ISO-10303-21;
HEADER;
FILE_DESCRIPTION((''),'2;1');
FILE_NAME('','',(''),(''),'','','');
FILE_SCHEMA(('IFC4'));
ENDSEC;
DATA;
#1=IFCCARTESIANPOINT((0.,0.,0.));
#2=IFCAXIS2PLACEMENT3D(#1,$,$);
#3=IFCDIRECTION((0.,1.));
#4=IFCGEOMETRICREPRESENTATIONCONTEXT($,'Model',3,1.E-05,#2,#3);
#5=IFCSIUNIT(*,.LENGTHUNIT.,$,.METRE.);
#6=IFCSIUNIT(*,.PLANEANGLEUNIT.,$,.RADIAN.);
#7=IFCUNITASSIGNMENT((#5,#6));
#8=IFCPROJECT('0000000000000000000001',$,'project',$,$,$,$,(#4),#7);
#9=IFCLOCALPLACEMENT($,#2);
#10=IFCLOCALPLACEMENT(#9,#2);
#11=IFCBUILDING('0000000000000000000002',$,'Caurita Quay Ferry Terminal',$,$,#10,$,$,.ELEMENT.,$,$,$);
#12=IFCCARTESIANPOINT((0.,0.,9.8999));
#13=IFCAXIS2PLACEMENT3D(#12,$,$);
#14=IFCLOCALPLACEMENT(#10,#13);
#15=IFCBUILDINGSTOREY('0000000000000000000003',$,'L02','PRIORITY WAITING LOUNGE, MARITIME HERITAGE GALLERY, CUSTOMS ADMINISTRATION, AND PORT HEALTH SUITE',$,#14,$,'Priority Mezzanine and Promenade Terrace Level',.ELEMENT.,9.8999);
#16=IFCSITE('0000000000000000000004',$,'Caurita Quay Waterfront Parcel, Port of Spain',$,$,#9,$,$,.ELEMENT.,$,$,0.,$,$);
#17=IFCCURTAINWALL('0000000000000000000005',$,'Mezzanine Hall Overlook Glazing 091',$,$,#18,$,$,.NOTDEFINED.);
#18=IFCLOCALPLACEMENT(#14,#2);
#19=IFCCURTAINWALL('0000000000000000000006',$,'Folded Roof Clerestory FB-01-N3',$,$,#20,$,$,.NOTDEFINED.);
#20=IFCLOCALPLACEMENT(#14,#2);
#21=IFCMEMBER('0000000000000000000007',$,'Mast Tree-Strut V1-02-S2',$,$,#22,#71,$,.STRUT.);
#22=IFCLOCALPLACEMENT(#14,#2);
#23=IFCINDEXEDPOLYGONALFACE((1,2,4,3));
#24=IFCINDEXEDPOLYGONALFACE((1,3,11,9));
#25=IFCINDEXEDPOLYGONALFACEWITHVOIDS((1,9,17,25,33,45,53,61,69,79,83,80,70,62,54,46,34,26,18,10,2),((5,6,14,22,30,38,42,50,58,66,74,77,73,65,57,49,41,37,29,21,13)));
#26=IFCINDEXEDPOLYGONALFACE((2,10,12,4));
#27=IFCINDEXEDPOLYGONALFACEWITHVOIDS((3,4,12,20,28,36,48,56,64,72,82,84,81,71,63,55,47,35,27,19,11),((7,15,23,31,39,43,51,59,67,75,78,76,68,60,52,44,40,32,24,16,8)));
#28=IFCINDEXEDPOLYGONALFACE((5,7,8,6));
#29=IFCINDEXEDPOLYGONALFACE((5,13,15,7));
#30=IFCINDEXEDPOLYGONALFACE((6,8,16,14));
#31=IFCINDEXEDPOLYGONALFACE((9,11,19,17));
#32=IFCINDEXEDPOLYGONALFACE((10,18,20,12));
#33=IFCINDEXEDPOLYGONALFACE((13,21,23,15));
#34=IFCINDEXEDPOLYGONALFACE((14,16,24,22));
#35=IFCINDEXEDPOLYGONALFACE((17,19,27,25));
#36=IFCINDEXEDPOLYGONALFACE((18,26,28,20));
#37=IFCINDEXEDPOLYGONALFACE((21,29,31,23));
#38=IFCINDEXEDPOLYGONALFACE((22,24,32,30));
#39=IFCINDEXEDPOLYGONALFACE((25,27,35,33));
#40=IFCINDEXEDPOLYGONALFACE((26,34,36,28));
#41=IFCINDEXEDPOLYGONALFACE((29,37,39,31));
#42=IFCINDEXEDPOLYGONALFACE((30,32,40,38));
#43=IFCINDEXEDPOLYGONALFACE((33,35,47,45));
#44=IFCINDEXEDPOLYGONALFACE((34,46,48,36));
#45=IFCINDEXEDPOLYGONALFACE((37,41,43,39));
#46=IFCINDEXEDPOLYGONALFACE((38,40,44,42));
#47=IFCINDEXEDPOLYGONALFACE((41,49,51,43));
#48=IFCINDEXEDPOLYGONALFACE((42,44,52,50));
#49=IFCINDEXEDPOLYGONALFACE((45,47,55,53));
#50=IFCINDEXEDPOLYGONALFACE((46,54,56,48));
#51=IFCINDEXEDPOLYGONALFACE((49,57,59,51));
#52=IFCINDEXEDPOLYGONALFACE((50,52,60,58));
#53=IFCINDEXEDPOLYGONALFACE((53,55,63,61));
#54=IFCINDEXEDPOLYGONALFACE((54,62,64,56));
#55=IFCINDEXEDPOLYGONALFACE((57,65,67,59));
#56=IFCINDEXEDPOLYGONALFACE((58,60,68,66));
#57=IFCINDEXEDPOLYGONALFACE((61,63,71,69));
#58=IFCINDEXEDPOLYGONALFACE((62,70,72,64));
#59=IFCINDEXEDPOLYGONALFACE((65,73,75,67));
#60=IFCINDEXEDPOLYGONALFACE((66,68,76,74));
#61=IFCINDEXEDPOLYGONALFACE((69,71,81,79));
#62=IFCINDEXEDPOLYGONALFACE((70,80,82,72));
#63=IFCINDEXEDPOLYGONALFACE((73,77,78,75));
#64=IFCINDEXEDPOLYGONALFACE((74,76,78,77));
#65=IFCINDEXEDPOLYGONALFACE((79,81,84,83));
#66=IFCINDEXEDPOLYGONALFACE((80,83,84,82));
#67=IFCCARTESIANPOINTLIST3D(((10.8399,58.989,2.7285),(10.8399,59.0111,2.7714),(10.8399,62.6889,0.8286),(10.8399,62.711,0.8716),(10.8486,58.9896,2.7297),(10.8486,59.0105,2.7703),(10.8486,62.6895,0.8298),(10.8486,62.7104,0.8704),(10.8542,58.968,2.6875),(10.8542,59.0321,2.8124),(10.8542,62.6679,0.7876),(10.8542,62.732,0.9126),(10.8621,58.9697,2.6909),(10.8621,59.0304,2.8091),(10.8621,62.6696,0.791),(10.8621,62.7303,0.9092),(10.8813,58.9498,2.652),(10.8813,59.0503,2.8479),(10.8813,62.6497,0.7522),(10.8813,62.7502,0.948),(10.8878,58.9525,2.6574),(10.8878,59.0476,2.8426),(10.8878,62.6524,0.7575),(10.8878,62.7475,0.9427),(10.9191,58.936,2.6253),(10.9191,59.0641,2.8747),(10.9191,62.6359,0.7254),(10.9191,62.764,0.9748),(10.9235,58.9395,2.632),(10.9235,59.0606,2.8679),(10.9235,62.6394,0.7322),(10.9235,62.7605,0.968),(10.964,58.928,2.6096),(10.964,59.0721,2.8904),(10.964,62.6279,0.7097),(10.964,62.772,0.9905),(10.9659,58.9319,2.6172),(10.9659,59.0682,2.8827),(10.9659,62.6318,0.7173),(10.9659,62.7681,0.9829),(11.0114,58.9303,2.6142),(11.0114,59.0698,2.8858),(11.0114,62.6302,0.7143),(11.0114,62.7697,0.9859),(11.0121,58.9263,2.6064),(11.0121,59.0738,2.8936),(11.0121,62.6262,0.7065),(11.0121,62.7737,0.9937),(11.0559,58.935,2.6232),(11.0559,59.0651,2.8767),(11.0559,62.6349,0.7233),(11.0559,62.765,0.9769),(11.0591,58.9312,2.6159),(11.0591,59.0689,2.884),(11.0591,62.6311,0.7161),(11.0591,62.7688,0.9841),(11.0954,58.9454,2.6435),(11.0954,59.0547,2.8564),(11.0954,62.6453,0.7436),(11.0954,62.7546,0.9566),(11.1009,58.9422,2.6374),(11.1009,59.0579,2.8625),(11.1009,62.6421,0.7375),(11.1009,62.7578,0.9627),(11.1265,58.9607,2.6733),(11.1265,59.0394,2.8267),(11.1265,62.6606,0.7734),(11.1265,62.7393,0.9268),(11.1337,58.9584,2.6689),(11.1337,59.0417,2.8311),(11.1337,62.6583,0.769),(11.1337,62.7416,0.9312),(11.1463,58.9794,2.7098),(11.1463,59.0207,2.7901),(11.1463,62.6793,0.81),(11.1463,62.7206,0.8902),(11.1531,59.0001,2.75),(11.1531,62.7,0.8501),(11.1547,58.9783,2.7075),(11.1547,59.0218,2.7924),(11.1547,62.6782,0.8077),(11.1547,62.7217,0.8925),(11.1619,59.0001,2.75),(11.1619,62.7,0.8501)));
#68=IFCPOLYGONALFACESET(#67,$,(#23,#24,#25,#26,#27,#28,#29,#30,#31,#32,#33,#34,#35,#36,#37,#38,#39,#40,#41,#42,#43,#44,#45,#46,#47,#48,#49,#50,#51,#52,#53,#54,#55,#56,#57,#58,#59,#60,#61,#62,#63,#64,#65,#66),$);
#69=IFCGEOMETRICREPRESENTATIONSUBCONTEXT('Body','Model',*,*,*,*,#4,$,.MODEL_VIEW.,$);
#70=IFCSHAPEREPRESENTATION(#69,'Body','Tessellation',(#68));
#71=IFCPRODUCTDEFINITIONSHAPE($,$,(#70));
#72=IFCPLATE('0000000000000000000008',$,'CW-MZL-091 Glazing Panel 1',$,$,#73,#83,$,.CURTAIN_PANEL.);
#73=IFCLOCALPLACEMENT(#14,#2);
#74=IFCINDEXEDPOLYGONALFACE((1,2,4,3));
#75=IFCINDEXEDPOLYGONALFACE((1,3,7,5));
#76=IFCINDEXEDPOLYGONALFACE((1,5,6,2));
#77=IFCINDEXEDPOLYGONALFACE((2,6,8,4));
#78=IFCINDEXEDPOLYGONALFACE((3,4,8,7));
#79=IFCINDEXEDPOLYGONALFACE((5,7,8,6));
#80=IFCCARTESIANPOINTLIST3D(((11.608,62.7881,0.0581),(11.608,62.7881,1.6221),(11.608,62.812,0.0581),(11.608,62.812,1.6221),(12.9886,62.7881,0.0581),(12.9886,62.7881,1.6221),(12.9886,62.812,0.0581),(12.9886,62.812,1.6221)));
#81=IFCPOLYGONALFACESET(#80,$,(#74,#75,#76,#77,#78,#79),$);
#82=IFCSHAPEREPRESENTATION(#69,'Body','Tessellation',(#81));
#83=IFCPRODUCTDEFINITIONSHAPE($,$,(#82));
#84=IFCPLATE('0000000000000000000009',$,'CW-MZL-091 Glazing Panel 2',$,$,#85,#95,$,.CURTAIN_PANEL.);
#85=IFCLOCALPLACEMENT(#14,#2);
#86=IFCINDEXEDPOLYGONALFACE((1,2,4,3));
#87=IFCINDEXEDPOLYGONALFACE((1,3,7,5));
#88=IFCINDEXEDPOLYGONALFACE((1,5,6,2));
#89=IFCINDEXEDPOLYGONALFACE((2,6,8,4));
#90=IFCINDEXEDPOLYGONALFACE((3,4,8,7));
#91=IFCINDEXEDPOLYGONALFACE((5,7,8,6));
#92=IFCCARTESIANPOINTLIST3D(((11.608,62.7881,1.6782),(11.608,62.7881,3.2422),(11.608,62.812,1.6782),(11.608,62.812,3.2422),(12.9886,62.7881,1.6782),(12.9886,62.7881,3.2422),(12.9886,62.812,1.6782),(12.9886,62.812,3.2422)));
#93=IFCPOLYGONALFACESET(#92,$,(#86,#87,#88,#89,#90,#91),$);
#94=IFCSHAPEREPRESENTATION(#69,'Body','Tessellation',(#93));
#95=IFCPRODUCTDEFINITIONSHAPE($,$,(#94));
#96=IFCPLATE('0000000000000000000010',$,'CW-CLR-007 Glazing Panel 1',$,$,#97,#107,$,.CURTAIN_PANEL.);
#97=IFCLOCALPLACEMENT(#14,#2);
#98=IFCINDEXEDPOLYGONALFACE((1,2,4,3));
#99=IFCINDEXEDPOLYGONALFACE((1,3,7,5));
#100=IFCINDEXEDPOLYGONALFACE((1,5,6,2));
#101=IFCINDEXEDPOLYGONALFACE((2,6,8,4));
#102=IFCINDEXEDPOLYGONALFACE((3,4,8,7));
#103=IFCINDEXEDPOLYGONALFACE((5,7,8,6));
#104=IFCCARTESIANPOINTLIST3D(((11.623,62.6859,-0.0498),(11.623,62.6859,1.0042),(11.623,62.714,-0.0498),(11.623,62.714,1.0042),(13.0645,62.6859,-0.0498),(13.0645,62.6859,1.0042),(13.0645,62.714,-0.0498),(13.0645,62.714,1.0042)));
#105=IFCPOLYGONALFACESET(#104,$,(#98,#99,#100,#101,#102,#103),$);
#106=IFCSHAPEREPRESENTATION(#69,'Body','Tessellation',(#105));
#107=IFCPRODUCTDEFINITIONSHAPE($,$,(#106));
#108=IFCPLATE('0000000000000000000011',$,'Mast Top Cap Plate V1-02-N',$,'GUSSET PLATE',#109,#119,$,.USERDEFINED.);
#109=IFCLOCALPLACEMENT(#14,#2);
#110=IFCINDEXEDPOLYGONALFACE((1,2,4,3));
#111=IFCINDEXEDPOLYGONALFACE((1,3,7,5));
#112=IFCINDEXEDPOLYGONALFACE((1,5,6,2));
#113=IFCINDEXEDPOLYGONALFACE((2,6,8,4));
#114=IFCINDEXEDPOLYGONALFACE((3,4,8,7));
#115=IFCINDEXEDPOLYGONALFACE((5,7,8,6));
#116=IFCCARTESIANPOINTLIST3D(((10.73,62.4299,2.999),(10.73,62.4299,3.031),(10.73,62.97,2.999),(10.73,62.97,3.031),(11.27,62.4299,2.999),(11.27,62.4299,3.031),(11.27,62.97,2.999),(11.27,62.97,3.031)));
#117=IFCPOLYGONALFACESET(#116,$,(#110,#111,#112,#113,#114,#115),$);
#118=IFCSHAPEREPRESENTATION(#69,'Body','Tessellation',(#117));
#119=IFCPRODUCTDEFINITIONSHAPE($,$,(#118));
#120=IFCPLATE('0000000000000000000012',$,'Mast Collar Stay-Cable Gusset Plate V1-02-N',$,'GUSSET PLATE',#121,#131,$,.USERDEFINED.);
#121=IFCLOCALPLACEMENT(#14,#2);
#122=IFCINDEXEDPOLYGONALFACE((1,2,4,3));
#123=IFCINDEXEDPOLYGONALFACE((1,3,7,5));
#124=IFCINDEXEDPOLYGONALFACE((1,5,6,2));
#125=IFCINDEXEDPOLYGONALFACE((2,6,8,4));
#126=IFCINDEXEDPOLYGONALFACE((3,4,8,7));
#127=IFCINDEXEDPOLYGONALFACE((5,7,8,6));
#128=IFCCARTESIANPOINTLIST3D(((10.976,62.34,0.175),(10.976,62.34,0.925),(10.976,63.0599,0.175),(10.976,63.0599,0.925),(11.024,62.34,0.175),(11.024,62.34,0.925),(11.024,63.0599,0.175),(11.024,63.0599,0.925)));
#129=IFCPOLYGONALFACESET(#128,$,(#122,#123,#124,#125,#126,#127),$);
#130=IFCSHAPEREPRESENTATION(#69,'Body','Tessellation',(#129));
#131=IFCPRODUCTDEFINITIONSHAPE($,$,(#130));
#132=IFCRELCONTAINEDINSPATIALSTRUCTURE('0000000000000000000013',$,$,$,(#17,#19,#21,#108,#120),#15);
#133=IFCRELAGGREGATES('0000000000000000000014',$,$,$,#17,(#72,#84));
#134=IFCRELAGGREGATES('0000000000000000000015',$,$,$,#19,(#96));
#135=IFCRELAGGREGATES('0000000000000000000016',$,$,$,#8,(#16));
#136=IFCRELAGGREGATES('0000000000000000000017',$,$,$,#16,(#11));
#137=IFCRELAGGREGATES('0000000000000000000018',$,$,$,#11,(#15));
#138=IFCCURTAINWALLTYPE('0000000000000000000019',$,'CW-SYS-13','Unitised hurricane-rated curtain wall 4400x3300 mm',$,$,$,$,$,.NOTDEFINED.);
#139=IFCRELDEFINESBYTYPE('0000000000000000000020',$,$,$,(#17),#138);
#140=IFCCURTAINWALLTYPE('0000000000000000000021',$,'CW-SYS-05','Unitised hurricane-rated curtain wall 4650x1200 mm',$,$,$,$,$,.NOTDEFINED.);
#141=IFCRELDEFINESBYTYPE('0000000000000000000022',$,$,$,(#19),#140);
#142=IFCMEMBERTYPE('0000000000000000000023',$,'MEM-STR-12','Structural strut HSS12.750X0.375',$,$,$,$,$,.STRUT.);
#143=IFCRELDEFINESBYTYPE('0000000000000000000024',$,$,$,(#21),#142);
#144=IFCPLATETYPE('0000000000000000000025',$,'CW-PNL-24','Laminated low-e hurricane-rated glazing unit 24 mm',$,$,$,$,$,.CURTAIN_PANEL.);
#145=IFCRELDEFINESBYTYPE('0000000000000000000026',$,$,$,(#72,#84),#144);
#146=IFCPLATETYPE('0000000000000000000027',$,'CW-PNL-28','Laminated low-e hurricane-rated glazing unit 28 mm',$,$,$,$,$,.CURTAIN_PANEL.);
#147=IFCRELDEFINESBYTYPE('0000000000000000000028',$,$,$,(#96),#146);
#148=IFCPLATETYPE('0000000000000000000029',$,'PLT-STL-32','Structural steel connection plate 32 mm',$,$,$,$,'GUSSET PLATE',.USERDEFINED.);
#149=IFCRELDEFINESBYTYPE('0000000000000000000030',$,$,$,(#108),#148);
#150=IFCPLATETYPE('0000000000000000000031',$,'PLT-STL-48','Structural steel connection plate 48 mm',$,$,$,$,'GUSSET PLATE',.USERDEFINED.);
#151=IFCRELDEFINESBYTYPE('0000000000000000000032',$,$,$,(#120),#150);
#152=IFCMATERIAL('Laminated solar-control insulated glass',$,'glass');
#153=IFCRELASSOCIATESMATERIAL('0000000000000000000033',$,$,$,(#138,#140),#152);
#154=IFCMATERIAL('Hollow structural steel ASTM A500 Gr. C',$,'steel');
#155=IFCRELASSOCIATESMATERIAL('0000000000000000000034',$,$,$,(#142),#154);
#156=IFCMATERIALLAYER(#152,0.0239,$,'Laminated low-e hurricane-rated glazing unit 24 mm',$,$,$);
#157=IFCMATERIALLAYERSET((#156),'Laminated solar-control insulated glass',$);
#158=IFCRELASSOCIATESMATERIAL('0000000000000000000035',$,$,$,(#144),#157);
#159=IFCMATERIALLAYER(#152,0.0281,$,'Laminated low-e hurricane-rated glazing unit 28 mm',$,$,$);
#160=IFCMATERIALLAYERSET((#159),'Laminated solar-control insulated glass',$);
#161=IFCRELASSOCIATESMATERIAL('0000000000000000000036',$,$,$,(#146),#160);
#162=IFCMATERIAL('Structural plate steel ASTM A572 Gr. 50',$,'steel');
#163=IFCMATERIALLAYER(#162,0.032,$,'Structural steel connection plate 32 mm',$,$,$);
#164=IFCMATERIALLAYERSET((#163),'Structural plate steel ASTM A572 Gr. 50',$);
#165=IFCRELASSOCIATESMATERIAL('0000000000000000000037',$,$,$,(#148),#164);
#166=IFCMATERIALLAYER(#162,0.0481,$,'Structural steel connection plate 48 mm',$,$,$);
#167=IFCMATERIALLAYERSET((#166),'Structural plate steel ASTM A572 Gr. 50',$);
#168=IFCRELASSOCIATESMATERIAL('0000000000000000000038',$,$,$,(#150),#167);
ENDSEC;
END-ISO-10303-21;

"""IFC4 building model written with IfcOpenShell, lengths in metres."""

from ifc_helpers import new_model, si_unit, direction, frame, origin, origin_2d, place, context, subcontext, project, spatial, rectangle, hollow_circle, extrude, material, layer, layer_set, material_profile, profile_set, type_object, element, aggregate, save


model = new_model("IFC4")

# Units and contexts
model_context = context("Model", 3, precision=1e-05, world=origin(), true_north=direction((0.0, 1.0)))
body_context = subcontext(model_context, "Body", "Model", "MODEL_VIEW")
ifc_project = project(units=[si_unit("LENGTHUNIT", "METRE"), si_unit("PLANEANGLEUNIT", "RADIAN")], contexts=[model_context])

# Site, building, storey
site_placement = place(None, origin())
site = spatial("IfcSite", under=ifc_project, at=site_placement, Name="Caurita Quay Waterfront Parcel, Port of Spain", CompositionType="ELEMENT", RefElevation=0.0)
building_placement = place(site_placement, origin())
building = spatial("IfcBuilding", under=site, at=building_placement, Name="Caurita Quay Ferry Terminal", CompositionType="ELEMENT")
storey_placement = place(building_placement, frame((0.0, 0.0, 9.8999)))
storey = spatial("IfcBuildingStorey", under=building, at=storey_placement, Name="L02", Description="PRIORITY WAITING LOUNGE, MARITIME HERITAGE GALLERY, CUSTOMS ADMINISTRATION, AND PORT HEALTH SUITE", LongName="Priority Mezzanine and Promenade Terrace Level", CompositionType="ELEMENT", Elevation=9.8999)

# Shared definitions
ifc_material_1 = material(Name="Hollow structural steel ASTM A500 Gr. C", Category="steel")

# Shared definitions
ifc_material_2 = material(Name="Laminated solar-control insulated glass", Category="glass")
curtain_wall_type_1 = type_object("IfcCurtainWallType", Name="CW-SYS-13", Description="Unitised hurricane-rated curtain wall 4400x3300 mm", PredefinedType="NOTDEFINED", material=ifc_material_2)

# Curtain wall
curtain_wall_1_placement = place(storey_placement, origin())
curtain_wall_1 = element("IfcCurtainWall", 1, at=curtain_wall_1_placement, inside=storey, type_object=curtain_wall_type_1, Name="Mezzanine Hall Overlook Glazing 091", PredefinedType="NOTDEFINED")

# Curtain wall
curtain_wall_type_2 = type_object("IfcCurtainWallType", Name="CW-SYS-05", Description="Unitised hurricane-rated curtain wall 4650x1200 mm", PredefinedType="NOTDEFINED", material=ifc_material_2)
curtain_wall_2_placement = place(storey_placement, origin())
curtain_wall_2 = element("IfcCurtainWall", 2, at=curtain_wall_2_placement, inside=storey, type_object=curtain_wall_type_2, Name="Folded Roof Clerestory FB-01-N3", PredefinedType="NOTDEFINED")

# Member
ifc_material_profile_1 = material_profile(ifc_material_1, hollow_circle(Radius=0.1619, WallThickness=0.0088, at=origin_2d()), Name="HSS12.750X0.375")
ifc_profile_set_1 = profile_set([ifc_material_profile_1], Name="Hollow structural steel ASTM A500 Gr. C")
member_type_1 = type_object("IfcMemberType", Name="MEM-STR-12", Description="Structural strut HSS12.750X0.375", PredefinedType="STRUT", material=ifc_profile_set_1)
member_1_placement = place(storey_placement, frame((11.0, 62.7, 0.8501), z_axis=(0.0, -0.889574, 0.456791), x_axis=(1.0, 0.0, 0.0)))
element("IfcMember", 3, at=member_1_placement, inside=storey, type_object=member_type_1, Name="Mast Tree-Strut V1-02-S2", PredefinedType="STRUT", context=body_context, shape_type="SweptSolid", body=[
    extrude(hollow_circle(Radius=0.1619, WallThickness=0.0088, at=origin_2d()), origin(), (0.0, 0.0, 1.0), 4.1592),
])

# Plates
ifc_layer_1 = layer(ifc_material_2, 0.0239, Name="Laminated low-e hurricane-rated glazing unit 24 mm")
ifc_layer_set_1 = layer_set([ifc_layer_1], Name="Laminated solar-control insulated glass")
plate_type_1 = type_object("IfcPlateType", Name="CW-PNL-24", Description="Laminated low-e hurricane-rated glazing unit 24 mm", PredefinedType="CURTAIN_PANEL", material=ifc_layer_set_1)
plate_1_placement = place(storey_placement, frame((12.2983, 62.8, 0.0581), z_axis=(0.0, 0.0, 1.0), x_axis=(1.0, 0.0, 0.0)))
plate_1 = element("IfcPlate", 4, at=plate_1_placement, type_object=plate_type_1, Name="CW-MZL-091 Glazing Panel 1", PredefinedType="CURTAIN_PANEL", context=body_context, shape_type="SweptSolid", body=[
    extrude(rectangle(XDim=1.3806, YDim=0.0239, at=origin_2d()), origin(), (0.0, 0.0, 1.0), 1.564),
])
plate_2_placement = place(storey_placement, frame((12.2983, 62.8, 1.6782), z_axis=(0.0, 0.0, 1.0), x_axis=(1.0, 0.0, 0.0)))
plate_2 = element("IfcPlate", 5, at=plate_2_placement, type_object=plate_type_1, Name="CW-MZL-091 Glazing Panel 2", PredefinedType="CURTAIN_PANEL", context=body_context, shape_type="SweptSolid", body=[
    extrude(rectangle(XDim=1.3806, YDim=0.0239, at=origin_2d()), origin(), (0.0, 0.0, 1.0), 1.564),
])
aggregate(curtain_wall_1, [plate_1, plate_2])
ifc_layer_2 = layer(ifc_material_2, 0.0281, Name="Laminated low-e hurricane-rated glazing unit 28 mm")
ifc_layer_set_2 = layer_set([ifc_layer_2], Name="Laminated solar-control insulated glass")
plate_type_2 = type_object("IfcPlateType", Name="CW-PNL-28", Description="Laminated low-e hurricane-rated glazing unit 28 mm", PredefinedType="CURTAIN_PANEL", material=ifc_layer_set_2)
plate_3_placement = place(storey_placement, frame((12.3438, 62.7, -0.0498), z_axis=(0.0, 0.0, 1.0), x_axis=(1.0, 0.0, 0.0)))
plate_3 = element("IfcPlate", 6, at=plate_3_placement, type_object=plate_type_2, Name="CW-CLR-007 Glazing Panel 1", PredefinedType="CURTAIN_PANEL", context=body_context, shape_type="SweptSolid", body=[
    extrude(rectangle(XDim=1.4414, YDim=0.0281, at=origin_2d()), origin(), (0.0, 0.0, 1.0), 1.054),
])
aggregate(curtain_wall_2, [plate_3])

# Plates
ifc_material_3 = material(Name="Structural plate steel ASTM A572 Gr. 50", Category="steel")
ifc_layer_3 = layer(ifc_material_3, 0.032, Name="Structural steel connection plate 32 mm")
ifc_layer_set_3 = layer_set([ifc_layer_3], Name="Structural plate steel ASTM A572 Gr. 50")
plate_type_3 = type_object("IfcPlateType", Name="PLT-STL-32", Description="Structural steel connection plate 32 mm", ElementType="GUSSET PLATE", PredefinedType="USERDEFINED", material=ifc_layer_set_3)
plate_4_placement = place(storey_placement, frame((11.0, 62.7, 2.999), z_axis=(0.0, 0.0, 1.0), x_axis=(1.0, 0.0, 0.0)))
element("IfcPlate", 7, at=plate_4_placement, inside=storey, type_object=plate_type_3, Name="Mast Top Cap Plate V1-02-N", ObjectType="GUSSET PLATE", PredefinedType="USERDEFINED", context=body_context, shape_type="SweptSolid", body=[
    extrude(rectangle(XDim=0.54, YDim=0.54, at=origin_2d()), origin(), (0.0, 0.0, 1.0), 0.032),
])
ifc_layer_4 = layer(ifc_material_3, 0.0481, Name="Structural steel connection plate 48 mm")
ifc_layer_set_4 = layer_set([ifc_layer_4], Name="Structural plate steel ASTM A572 Gr. 50")
plate_type_4 = type_object("IfcPlateType", Name="PLT-STL-48", Description="Structural steel connection plate 48 mm", ElementType="GUSSET PLATE", PredefinedType="USERDEFINED", material=ifc_layer_set_4)
plate_5_placement = place(storey_placement, frame((11.0, 62.7, 0.175), z_axis=(0.0, 0.0, 1.0), x_axis=(1.0, 0.0, 0.0)))
element("IfcPlate", 8, at=plate_5_placement, inside=storey, type_object=plate_type_4, Name="Mast Collar Stay-Cable Gusset Plate V1-02-N", ObjectType="GUSSET PLATE", PredefinedType="USERDEFINED", context=body_context, shape_type="SweptSolid", body=[
    extrude(rectangle(XDim=0.0481, YDim=0.72, at=origin_2d()), origin(), (0.0, 0.0, 1.0), 0.75),
])

save(model, "model.ifc")
